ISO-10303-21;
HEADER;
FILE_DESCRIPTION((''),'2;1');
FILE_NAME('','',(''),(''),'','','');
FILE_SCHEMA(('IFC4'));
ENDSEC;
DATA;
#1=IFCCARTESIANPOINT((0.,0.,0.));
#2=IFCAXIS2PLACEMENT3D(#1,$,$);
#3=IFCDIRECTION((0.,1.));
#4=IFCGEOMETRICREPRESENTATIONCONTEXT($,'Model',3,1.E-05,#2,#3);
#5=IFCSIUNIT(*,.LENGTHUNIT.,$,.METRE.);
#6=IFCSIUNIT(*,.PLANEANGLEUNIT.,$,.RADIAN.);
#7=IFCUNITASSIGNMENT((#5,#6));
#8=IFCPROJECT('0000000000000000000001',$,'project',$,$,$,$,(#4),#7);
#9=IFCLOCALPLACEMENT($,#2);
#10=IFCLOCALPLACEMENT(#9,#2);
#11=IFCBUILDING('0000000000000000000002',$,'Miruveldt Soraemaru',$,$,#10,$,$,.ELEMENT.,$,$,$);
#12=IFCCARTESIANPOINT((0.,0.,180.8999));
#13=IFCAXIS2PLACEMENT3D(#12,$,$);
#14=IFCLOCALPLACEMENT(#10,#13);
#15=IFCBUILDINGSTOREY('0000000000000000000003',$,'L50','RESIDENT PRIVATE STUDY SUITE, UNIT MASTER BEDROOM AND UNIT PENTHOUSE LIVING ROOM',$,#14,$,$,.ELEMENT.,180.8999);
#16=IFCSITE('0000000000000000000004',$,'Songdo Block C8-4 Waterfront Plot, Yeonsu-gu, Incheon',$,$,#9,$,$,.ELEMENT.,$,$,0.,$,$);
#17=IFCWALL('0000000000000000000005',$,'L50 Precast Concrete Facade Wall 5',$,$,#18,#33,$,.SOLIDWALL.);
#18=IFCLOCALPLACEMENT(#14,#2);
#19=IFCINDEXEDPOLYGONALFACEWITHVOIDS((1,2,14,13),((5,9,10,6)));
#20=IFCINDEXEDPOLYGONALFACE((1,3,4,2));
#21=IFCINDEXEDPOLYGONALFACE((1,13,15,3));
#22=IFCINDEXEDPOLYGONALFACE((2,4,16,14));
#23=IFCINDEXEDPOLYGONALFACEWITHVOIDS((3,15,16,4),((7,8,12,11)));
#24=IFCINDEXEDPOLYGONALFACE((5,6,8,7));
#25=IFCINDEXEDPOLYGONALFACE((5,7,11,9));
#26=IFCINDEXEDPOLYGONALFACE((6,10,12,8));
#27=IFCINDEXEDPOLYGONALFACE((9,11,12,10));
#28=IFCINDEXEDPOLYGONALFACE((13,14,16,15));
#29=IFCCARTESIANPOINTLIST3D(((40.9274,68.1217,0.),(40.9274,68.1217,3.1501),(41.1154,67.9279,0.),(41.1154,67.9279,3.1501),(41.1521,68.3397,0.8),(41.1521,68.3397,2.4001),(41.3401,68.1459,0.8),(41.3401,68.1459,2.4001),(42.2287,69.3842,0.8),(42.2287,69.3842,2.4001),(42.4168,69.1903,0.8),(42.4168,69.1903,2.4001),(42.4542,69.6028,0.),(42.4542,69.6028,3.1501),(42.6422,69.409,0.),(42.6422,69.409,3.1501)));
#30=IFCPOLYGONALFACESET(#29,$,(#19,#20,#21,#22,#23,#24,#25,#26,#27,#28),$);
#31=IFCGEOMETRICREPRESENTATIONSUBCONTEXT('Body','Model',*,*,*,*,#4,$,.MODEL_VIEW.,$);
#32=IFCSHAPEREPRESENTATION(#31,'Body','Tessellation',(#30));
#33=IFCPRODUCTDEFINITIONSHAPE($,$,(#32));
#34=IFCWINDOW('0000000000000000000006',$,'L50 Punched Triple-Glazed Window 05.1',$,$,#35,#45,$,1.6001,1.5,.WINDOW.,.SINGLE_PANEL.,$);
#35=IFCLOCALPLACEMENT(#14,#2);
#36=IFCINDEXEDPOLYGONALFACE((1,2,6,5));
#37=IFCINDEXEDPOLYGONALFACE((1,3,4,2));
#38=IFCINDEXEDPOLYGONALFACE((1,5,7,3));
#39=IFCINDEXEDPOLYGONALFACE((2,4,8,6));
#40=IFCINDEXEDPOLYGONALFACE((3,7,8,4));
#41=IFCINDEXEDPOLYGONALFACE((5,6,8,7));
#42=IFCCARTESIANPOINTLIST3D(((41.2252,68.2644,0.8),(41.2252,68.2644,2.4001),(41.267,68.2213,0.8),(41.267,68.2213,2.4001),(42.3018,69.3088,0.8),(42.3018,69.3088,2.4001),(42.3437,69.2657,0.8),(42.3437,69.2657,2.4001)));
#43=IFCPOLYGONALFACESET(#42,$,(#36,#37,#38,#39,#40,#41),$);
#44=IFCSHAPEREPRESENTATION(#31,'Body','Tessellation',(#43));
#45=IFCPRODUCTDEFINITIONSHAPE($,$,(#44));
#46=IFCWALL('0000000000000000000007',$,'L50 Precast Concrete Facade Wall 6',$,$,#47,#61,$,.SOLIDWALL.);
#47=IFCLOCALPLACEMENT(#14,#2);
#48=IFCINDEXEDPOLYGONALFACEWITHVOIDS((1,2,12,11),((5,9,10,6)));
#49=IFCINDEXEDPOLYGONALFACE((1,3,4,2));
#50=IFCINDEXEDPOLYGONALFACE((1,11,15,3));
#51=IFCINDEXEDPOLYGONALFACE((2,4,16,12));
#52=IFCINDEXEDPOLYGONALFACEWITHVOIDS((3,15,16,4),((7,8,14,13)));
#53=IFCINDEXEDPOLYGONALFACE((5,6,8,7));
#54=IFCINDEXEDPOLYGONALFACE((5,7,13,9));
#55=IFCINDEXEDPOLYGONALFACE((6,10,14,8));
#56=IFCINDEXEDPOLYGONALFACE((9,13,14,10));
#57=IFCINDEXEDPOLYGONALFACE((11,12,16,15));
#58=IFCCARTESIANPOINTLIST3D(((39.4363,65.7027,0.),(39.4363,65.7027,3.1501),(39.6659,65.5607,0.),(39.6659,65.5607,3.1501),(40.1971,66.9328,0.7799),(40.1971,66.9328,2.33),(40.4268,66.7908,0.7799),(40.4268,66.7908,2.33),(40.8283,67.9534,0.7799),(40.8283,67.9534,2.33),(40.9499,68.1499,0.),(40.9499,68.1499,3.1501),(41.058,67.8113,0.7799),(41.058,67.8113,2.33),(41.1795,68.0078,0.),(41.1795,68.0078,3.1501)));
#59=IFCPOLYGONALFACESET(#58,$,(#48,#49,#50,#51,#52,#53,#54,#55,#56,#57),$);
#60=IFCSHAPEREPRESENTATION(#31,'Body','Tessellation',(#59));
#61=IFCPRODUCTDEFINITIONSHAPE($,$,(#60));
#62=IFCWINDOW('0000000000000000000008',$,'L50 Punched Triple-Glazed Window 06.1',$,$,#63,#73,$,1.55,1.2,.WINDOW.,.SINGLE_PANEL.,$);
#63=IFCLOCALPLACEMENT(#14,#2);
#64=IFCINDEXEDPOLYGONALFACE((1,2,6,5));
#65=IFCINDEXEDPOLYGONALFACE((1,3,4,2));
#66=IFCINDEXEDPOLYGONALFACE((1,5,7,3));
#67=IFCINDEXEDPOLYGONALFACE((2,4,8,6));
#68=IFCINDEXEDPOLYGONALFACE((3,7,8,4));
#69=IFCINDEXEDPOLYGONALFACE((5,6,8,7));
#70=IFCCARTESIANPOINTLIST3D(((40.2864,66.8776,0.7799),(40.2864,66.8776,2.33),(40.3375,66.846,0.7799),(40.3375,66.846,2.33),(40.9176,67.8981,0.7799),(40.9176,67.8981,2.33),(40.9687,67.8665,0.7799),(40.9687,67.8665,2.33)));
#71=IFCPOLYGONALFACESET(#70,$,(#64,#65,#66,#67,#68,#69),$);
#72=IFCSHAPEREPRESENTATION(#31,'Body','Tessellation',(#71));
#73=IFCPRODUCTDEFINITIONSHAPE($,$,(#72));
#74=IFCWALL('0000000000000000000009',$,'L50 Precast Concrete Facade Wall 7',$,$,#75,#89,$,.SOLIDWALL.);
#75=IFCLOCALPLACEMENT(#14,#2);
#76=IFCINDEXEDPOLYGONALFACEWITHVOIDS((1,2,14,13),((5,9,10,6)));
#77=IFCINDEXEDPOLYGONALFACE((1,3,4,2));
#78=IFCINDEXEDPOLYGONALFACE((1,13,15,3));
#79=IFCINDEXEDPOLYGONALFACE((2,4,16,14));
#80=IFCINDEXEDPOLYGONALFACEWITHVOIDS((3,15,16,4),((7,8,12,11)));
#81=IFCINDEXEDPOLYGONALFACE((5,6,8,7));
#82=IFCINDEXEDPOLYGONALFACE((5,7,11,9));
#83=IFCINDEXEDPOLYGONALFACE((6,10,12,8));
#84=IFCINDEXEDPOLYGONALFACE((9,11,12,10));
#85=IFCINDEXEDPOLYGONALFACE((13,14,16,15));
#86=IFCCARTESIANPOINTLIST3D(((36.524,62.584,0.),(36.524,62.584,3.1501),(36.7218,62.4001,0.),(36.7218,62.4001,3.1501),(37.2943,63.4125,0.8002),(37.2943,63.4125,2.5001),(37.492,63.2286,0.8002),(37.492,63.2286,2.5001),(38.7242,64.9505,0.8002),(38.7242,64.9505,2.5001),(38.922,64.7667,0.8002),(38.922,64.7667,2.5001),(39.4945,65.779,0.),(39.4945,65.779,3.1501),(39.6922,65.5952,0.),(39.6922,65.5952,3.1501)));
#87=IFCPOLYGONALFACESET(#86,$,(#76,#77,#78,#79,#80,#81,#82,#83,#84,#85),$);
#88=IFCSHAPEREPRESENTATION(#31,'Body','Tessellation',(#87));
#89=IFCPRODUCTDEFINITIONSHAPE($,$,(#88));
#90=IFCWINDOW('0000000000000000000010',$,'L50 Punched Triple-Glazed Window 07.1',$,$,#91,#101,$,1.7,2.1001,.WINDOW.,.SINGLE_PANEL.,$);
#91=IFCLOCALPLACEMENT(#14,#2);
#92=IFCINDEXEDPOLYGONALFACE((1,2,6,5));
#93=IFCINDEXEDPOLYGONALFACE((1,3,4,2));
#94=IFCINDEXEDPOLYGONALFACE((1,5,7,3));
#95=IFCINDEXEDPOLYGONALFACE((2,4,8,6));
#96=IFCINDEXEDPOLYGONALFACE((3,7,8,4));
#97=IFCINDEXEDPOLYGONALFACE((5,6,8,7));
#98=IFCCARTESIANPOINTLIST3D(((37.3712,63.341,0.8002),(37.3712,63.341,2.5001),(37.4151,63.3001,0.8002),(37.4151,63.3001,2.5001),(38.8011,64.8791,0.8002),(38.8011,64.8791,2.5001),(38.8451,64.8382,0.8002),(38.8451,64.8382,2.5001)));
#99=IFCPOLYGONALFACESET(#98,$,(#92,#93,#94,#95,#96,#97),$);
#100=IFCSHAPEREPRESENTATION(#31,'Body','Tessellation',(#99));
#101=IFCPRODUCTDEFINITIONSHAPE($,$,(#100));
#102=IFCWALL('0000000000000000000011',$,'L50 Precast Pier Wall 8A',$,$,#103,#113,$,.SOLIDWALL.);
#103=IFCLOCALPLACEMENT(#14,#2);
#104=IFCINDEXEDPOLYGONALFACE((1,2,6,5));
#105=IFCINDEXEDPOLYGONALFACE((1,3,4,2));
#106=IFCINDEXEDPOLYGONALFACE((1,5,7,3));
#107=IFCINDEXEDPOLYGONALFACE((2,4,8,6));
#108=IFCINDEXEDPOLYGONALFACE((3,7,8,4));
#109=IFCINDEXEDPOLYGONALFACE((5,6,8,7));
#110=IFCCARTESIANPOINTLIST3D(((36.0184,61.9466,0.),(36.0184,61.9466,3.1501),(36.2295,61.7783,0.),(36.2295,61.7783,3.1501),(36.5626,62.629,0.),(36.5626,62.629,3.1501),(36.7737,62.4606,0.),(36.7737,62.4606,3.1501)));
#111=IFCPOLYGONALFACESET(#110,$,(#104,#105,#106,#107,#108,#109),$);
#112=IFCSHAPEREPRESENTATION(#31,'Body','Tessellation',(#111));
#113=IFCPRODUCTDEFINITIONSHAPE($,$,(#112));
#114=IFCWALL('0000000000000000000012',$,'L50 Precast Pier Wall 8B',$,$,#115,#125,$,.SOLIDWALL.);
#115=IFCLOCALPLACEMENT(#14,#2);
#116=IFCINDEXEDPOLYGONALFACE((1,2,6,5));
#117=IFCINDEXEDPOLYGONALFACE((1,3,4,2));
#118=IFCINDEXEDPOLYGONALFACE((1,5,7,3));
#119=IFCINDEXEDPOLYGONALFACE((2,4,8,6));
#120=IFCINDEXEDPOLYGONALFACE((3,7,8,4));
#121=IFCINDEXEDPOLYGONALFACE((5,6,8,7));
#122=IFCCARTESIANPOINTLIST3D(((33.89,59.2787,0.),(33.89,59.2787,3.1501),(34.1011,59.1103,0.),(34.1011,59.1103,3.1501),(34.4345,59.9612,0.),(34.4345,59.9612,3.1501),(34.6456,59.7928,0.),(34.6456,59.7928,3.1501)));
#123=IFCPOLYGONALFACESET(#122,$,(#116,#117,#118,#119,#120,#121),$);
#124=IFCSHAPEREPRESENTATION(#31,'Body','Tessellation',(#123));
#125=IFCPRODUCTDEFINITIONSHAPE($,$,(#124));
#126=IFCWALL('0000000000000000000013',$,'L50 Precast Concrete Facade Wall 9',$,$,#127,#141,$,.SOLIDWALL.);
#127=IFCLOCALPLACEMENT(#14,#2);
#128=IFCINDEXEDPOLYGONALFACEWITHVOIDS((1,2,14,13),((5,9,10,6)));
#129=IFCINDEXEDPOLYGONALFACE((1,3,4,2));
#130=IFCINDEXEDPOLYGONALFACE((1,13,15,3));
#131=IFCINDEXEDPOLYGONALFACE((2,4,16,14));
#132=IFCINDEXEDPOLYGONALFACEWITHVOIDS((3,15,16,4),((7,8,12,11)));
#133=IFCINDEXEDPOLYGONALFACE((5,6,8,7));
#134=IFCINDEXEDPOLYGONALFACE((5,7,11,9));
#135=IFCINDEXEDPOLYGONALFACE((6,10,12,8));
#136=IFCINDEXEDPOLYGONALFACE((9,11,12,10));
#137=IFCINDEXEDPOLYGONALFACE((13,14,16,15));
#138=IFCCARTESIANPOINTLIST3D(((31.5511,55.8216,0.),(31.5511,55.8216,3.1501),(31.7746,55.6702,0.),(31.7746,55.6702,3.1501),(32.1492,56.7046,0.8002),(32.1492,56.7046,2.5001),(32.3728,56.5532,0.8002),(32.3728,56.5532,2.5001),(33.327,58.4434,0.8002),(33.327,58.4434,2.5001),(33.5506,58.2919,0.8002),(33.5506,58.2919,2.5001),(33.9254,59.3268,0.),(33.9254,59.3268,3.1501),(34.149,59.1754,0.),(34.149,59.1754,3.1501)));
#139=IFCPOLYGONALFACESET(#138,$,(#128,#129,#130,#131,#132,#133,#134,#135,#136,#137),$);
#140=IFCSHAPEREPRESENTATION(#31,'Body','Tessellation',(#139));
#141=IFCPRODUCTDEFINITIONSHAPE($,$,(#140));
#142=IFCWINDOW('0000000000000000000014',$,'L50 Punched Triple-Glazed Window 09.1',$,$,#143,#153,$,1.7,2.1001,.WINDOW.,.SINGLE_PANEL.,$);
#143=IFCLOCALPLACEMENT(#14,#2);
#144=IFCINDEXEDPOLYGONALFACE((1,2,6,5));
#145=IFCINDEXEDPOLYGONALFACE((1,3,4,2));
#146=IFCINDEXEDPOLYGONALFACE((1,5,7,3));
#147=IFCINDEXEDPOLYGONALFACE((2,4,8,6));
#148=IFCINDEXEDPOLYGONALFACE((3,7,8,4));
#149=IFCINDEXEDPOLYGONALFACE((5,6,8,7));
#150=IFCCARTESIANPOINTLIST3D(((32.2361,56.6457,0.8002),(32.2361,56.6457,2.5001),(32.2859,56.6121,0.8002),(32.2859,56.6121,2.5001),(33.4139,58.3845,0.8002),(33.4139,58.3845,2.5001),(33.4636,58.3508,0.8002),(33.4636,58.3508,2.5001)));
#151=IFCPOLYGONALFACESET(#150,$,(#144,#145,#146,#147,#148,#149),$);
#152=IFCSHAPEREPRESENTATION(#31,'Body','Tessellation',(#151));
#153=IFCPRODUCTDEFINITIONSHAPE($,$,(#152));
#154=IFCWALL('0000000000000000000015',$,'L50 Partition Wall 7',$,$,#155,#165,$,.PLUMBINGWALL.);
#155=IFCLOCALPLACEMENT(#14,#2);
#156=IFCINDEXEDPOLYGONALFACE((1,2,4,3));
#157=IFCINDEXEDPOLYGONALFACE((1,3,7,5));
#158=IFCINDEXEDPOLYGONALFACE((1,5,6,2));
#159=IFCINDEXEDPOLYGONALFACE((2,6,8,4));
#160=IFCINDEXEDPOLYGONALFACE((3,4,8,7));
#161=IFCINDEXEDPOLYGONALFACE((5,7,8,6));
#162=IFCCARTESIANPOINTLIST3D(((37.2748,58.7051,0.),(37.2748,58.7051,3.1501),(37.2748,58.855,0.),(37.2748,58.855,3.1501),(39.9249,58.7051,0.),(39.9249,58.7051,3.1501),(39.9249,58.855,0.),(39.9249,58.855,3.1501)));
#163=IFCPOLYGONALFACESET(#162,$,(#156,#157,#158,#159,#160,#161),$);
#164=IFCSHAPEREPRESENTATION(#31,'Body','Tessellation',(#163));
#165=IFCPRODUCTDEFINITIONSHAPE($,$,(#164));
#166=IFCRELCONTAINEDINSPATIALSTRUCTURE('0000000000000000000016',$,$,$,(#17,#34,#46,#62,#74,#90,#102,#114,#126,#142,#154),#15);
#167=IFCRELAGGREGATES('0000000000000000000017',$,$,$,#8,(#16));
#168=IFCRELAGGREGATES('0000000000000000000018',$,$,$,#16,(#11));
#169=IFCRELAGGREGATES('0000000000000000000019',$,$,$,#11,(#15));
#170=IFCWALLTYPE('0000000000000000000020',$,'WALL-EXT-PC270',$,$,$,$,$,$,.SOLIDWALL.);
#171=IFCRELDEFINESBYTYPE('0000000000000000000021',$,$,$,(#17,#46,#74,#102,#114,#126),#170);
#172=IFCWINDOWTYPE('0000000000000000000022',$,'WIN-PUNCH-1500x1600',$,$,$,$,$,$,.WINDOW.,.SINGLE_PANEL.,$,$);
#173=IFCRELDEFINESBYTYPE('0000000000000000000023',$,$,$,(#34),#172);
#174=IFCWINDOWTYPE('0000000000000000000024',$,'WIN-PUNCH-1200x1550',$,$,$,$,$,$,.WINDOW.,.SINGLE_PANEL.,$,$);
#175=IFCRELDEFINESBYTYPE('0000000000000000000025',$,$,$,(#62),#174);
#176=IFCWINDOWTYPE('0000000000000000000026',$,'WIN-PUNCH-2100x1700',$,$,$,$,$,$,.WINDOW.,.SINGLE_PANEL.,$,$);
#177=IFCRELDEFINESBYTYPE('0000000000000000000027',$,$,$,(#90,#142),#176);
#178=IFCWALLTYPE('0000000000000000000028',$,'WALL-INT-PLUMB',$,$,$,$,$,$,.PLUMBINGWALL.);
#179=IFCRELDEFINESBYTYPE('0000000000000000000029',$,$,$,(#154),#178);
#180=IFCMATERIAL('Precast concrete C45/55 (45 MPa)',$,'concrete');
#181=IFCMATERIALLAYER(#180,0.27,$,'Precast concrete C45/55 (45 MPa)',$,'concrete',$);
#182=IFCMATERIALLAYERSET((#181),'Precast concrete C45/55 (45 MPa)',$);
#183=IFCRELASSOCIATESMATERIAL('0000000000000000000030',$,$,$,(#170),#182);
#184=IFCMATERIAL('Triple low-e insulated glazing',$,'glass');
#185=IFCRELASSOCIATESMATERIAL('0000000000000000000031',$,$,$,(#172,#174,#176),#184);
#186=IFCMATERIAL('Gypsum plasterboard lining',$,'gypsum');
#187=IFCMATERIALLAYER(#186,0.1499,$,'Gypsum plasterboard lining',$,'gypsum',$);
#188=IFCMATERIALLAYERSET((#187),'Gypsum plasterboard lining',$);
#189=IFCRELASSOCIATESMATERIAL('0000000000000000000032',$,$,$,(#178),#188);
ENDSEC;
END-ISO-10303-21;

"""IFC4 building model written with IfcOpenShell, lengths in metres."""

from ifc_helpers import new_model, si_unit, direction, frame, frame_2d, origin, place, context, subcontext, project, spatial, rectangle, extrude, material, layer, layer_set, type_object, element, fill, save


model = new_model("IFC4")

# Units and contexts
model_context = context("Model", 3, precision=1e-05, world=origin(), true_north=direction((0.0, 1.0)))
body_context = subcontext(model_context, "Body", "Model", "MODEL_VIEW")
ifc_project = project(units=[si_unit("LENGTHUNIT", "METRE"), si_unit("PLANEANGLEUNIT", "RADIAN")], contexts=[model_context])

# Site, building, storey
site_placement = place(None, origin())
site = spatial("IfcSite", under=ifc_project, at=site_placement, Name="Songdo Block C8-4 Waterfront Plot, Yeonsu-gu, Incheon", CompositionType="ELEMENT", RefElevation=0.0)
building_placement = place(site_placement, origin())
building = spatial("IfcBuilding", under=site, at=building_placement, Name="Miruveldt Soraemaru", CompositionType="ELEMENT")
storey_placement = place(building_placement, frame((0.0, 0.0, 180.8999)))
storey = spatial("IfcBuildingStorey", under=building, at=storey_placement, Name="L50", Description="RESIDENT PRIVATE STUDY SUITE, UNIT MASTER BEDROOM AND UNIT PENTHOUSE LIVING ROOM", CompositionType="ELEMENT", Elevation=180.8999)

# Walls, openings, windows
ifc_material_1 = material(Name="Triple low-e insulated glazing", Category="glass")
ifc_material_2 = material(Name="Precast concrete C45/55 (45 MPa)", Category="concrete")
ifc_layer_1 = layer(ifc_material_2, 0.27, Name="Precast concrete C45/55 (45 MPa)", Category="concrete")
ifc_layer_set_1 = layer_set([ifc_layer_1], Name="Precast concrete C45/55 (45 MPa)")
wall_type_1 = type_object("IfcWallType", Name="WALL-EXT-PC270", PredefinedType="SOLIDWALL", material=ifc_layer_set_1)
wall_1_placement = place(storey_placement, frame((42.5481, 69.5059, 0.0), z_axis=(0.0, 0.0, 1.0), x_axis=(-0.717756, -0.696295, 0.0)))
wall_1 = element("IfcWall", 1, at=wall_1_placement, inside=storey, type_object=wall_type_1, Name="L50 Precast Concrete Facade Wall 5", PredefinedType="SOLIDWALL", context=body_context, shape_type="SweptSolid", body=[
    extrude(rectangle(XDim=2.1272, YDim=0.27, at=frame_2d((1.0635, 0.0))), origin(), (0.0, 0.0, 1.0), 3.1501),
])
opening_1_placement = place(wall_1_placement, frame((0.314, 0.0, 0.8)))
opening_1 = element("IfcOpeningElement", 2, at=opening_1_placement, cuts=wall_1, PredefinedType="OPENING", context=body_context, shape_type="SweptSolid", body=[
    extrude(rectangle(XDim=1.5, YDim=1.6001, at=frame_2d((0.75, 0.8))), frame((0.0, 0.145, 0.0), z_axis=(0.0, -1.0, 0.0), x_axis=(1.0, 0.0, 0.0)), (0.0, 0.0, 1.0), 0.29),
])
window_type_1 = type_object("IfcWindowType", Name="WIN-PUNCH-1500x1600", PartitioningType="SINGLE_PANEL", PredefinedType="WINDOW", material=ifc_material_1)
window_1_placement = place(opening_1_placement, origin())
window_1 = element("IfcWindow", 3, at=window_1_placement, inside=storey, type_object=window_type_1, Name="L50 Punched Triple-Glazed Window 05.1", OverallHeight=1.6001, OverallWidth=1.5, PartitioningType="SINGLE_PANEL", PredefinedType="WINDOW", context=body_context, shape_type="SweptSolid", body=[
    extrude(rectangle(XDim=1.5, YDim=1.6001, at=frame_2d((0.75, 0.8))), frame((0.0, 0.03, 0.0), z_axis=(0.0, -1.0, 0.0), x_axis=(1.0, 0.0, 0.0)), (0.0, 0.0, 1.0), 0.0601),
])
fill(opening_1, window_1)
wall_2_placement = place(storey_placement, frame((41.0647, 68.0789, 0.0), z_axis=(0.0, 0.0, 1.0), x_axis=(-0.526027, -0.850468, 0.0)))
wall_2 = element("IfcWall", 4, at=wall_2_placement, inside=storey, type_object=wall_type_1, Name="L50 Precast Concrete Facade Wall 6", PredefinedType="SOLIDWALL", context=body_context, shape_type="SweptSolid", body=[
    extrude(rectangle(XDim=2.8774, YDim=0.27, at=frame_2d((1.4387, 0.0))), origin(), (0.0, 0.0, 1.0), 3.1501),
])
opening_2_placement = place(wall_2_placement, frame((0.231, 0.0, 0.78)))
opening_2 = element("IfcOpeningElement", 5, at=opening_2_placement, cuts=wall_2, PredefinedType="OPENING", context=body_context, shape_type="SweptSolid", body=[
    extrude(rectangle(XDim=1.2, YDim=1.55, at=frame_2d((0.6001, 0.7749))), frame((0.0, 0.145, 0.0), z_axis=(0.0, -1.0, 0.0), x_axis=(1.0, 0.0, 0.0)), (0.0, 0.0, 1.0), 0.29),
])
window_type_2 = type_object("IfcWindowType", Name="WIN-PUNCH-1200x1550", PartitioningType="SINGLE_PANEL", PredefinedType="WINDOW", material=ifc_material_1)
window_2_placement = place(opening_2_placement, origin())
window_2 = element("IfcWindow", 6, at=window_2_placement, inside=storey, type_object=window_type_2, Name="L50 Punched Triple-Glazed Window 06.1", OverallHeight=1.55, OverallWidth=1.2, PartitioningType="SINGLE_PANEL", PredefinedType="WINDOW", context=body_context, shape_type="SweptSolid", body=[
    extrude(rectangle(XDim=1.2, YDim=1.55, at=frame_2d((0.6001, 0.7749))), frame((0.0, 0.03, 0.0), z_axis=(0.0, -1.0, 0.0), x_axis=(1.0, 0.0, 0.0)), (0.0, 0.0, 1.0), 0.0601),
])
fill(opening_2, window_2)
wall_3_placement = place(storey_placement, frame((39.5933, 65.687, 0.0), z_axis=(0.0, 0.0, 1.0), x_axis=(-0.680895, -0.732381, 0.0)))
wall_3 = element("IfcWall", 7, at=wall_3_placement, inside=storey, type_object=wall_type_1, Name="L50 Precast Concrete Facade Wall 7", PredefinedType="SOLIDWALL", context=body_context, shape_type="SweptSolid", body=[
    extrude(rectangle(XDim=4.3625, YDim=0.27, at=frame_2d((2.1812, 0.0))), origin(), (0.0, 0.0, 1.0), 3.1501),
])
opening_3_placement = place(wall_3_placement, frame((1.1311, 0.0, 0.8)))
opening_3 = element("IfcOpeningElement", 8, at=opening_3_placement, cuts=wall_3, PredefinedType="OPENING", context=body_context, shape_type="SweptSolid", body=[
    extrude(rectangle(XDim=2.1001, YDim=1.7, at=frame_2d((1.05, 0.8501))), frame((0.0, 0.145, 0.0), z_axis=(0.0, -1.0, 0.0), x_axis=(1.0, 0.0, 0.0)), (0.0, 0.0, 1.0), 0.29),
])
window_type_3 = type_object("IfcWindowType", Name="WIN-PUNCH-2100x1700", PartitioningType="SINGLE_PANEL", PredefinedType="WINDOW", material=ifc_material_1)
window_3_placement = place(opening_3_placement, origin())
window_3 = element("IfcWindow", 9, at=window_3_placement, inside=storey, type_object=window_type_3, Name="L50 Punched Triple-Glazed Window 07.1", OverallHeight=1.7, OverallWidth=2.1001, PartitioningType="SINGLE_PANEL", PredefinedType="WINDOW", context=body_context, shape_type="SweptSolid", body=[
    extrude(rectangle(XDim=2.1001, YDim=1.7, at=frame_2d((1.05, 0.8501))), frame((0.0, 0.03, 0.0), z_axis=(0.0, -1.0, 0.0), x_axis=(1.0, 0.0, 0.0)), (0.0, 0.0, 1.0), 0.0601),
])
fill(opening_3, window_3)

# Walls
wall_4_placement = place(storey_placement, frame((36.6682, 62.5449, 0.0), z_axis=(0.0, 0.0, 1.0), x_axis=(-0.6235, -0.781823, 0.0)))
element("IfcWall", 10, at=wall_4_placement, inside=storey, type_object=wall_type_1, Name="L50 Precast Pier Wall 8A", PredefinedType="SOLIDWALL", context=body_context, shape_type="SweptSolid", body=[
    extrude(rectangle(XDim=0.8728, YDim=0.27, at=frame_2d((0.4365, 0.0))), origin(), (0.0, 0.0, 1.0), 3.1501),
])
wall_5_placement = place(storey_placement, frame((34.54, 59.877, 0.0), z_axis=(0.0, 0.0, 1.0), x_axis=(-0.623671, -0.781687, 0.0)))
element("IfcWall", 11, at=wall_5_placement, inside=storey, type_object=wall_type_1, Name="L50 Precast Pier Wall 8B", PredefinedType="SOLIDWALL", context=body_context, shape_type="SweptSolid", body=[
    extrude(rectangle(XDim=0.873, YDim=0.27, at=frame_2d((0.4365, 0.0))), origin(), (0.0, 0.0, 1.0), 3.1501),
])

# Wall, opening, window
wall_6_placement = place(storey_placement, frame((34.0371, 59.251, 0.0), z_axis=(0.0, 0.0, 1.0), x_axis=(-0.56082, -0.827938, 0.0)))
wall_6 = element("IfcWall", 12, at=wall_6_placement, inside=storey, type_object=wall_type_1, Name="L50 Precast Concrete Facade Wall 9", PredefinedType="SOLIDWALL", context=body_context, shape_type="SweptSolid", body=[
    extrude(rectangle(XDim=4.2336, YDim=0.27, at=frame_2d((2.1167, 0.0))), origin(), (0.0, 0.0, 1.0), 3.1501),
])
opening_4_placement = place(wall_6_placement, frame((1.0669, 0.0, 0.8)))
opening_4 = element("IfcOpeningElement", 13, at=opening_4_placement, cuts=wall_6, PredefinedType="OPENING", context=body_context, shape_type="SweptSolid", body=[
    extrude(rectangle(XDim=2.1001, YDim=1.7, at=frame_2d((1.05, 0.8501))), frame((0.0, 0.145, 0.0), z_axis=(0.0, -1.0, 0.0), x_axis=(1.0, 0.0, 0.0)), (0.0, 0.0, 1.0), 0.29),
])
window_4_placement = place(opening_4_placement, origin())
window_4 = element("IfcWindow", 14, at=window_4_placement, inside=storey, type_object=window_type_3, Name="L50 Punched Triple-Glazed Window 09.1", OverallHeight=1.7, OverallWidth=2.1001, PartitioningType="SINGLE_PANEL", PredefinedType="WINDOW", context=body_context, shape_type="SweptSolid", body=[
    extrude(rectangle(XDim=2.1001, YDim=1.7, at=frame_2d((1.05, 0.8501))), frame((0.0, 0.03, 0.0), z_axis=(0.0, -1.0, 0.0), x_axis=(1.0, 0.0, 0.0)), (0.0, 0.0, 1.0), 0.0601),
])
fill(opening_4, window_4)

# Wall
ifc_material_3 = material(Name="Gypsum plasterboard lining", Category="gypsum")
ifc_layer_2 = layer(ifc_material_3, 0.1499, Name="Gypsum plasterboard lining", Category="gypsum")
ifc_layer_set_2 = layer_set([ifc_layer_2], Name="Gypsum plasterboard lining")
wall_type_2 = type_object("IfcWallType", Name="WALL-INT-PLUMB", PredefinedType="PLUMBINGWALL", material=ifc_layer_set_2)
wall_7_placement = place(storey_placement, frame((39.925, 58.78, 0.0), z_axis=(0.0, 0.0, 1.0), x_axis=(-1.0, 0.0, 0.0)))
element("IfcWall", 15, at=wall_7_placement, inside=storey, type_object=wall_type_2, Name="L50 Partition Wall 7", PredefinedType="PLUMBINGWALL", context=body_context, shape_type="SweptSolid", body=[
    extrude(rectangle(XDim=2.6501, YDim=0.1499, at=frame_2d((1.3252, 0.0))), origin(), (0.0, 0.0, 1.0), 3.1501),
])

save(model, "model.ifc")
